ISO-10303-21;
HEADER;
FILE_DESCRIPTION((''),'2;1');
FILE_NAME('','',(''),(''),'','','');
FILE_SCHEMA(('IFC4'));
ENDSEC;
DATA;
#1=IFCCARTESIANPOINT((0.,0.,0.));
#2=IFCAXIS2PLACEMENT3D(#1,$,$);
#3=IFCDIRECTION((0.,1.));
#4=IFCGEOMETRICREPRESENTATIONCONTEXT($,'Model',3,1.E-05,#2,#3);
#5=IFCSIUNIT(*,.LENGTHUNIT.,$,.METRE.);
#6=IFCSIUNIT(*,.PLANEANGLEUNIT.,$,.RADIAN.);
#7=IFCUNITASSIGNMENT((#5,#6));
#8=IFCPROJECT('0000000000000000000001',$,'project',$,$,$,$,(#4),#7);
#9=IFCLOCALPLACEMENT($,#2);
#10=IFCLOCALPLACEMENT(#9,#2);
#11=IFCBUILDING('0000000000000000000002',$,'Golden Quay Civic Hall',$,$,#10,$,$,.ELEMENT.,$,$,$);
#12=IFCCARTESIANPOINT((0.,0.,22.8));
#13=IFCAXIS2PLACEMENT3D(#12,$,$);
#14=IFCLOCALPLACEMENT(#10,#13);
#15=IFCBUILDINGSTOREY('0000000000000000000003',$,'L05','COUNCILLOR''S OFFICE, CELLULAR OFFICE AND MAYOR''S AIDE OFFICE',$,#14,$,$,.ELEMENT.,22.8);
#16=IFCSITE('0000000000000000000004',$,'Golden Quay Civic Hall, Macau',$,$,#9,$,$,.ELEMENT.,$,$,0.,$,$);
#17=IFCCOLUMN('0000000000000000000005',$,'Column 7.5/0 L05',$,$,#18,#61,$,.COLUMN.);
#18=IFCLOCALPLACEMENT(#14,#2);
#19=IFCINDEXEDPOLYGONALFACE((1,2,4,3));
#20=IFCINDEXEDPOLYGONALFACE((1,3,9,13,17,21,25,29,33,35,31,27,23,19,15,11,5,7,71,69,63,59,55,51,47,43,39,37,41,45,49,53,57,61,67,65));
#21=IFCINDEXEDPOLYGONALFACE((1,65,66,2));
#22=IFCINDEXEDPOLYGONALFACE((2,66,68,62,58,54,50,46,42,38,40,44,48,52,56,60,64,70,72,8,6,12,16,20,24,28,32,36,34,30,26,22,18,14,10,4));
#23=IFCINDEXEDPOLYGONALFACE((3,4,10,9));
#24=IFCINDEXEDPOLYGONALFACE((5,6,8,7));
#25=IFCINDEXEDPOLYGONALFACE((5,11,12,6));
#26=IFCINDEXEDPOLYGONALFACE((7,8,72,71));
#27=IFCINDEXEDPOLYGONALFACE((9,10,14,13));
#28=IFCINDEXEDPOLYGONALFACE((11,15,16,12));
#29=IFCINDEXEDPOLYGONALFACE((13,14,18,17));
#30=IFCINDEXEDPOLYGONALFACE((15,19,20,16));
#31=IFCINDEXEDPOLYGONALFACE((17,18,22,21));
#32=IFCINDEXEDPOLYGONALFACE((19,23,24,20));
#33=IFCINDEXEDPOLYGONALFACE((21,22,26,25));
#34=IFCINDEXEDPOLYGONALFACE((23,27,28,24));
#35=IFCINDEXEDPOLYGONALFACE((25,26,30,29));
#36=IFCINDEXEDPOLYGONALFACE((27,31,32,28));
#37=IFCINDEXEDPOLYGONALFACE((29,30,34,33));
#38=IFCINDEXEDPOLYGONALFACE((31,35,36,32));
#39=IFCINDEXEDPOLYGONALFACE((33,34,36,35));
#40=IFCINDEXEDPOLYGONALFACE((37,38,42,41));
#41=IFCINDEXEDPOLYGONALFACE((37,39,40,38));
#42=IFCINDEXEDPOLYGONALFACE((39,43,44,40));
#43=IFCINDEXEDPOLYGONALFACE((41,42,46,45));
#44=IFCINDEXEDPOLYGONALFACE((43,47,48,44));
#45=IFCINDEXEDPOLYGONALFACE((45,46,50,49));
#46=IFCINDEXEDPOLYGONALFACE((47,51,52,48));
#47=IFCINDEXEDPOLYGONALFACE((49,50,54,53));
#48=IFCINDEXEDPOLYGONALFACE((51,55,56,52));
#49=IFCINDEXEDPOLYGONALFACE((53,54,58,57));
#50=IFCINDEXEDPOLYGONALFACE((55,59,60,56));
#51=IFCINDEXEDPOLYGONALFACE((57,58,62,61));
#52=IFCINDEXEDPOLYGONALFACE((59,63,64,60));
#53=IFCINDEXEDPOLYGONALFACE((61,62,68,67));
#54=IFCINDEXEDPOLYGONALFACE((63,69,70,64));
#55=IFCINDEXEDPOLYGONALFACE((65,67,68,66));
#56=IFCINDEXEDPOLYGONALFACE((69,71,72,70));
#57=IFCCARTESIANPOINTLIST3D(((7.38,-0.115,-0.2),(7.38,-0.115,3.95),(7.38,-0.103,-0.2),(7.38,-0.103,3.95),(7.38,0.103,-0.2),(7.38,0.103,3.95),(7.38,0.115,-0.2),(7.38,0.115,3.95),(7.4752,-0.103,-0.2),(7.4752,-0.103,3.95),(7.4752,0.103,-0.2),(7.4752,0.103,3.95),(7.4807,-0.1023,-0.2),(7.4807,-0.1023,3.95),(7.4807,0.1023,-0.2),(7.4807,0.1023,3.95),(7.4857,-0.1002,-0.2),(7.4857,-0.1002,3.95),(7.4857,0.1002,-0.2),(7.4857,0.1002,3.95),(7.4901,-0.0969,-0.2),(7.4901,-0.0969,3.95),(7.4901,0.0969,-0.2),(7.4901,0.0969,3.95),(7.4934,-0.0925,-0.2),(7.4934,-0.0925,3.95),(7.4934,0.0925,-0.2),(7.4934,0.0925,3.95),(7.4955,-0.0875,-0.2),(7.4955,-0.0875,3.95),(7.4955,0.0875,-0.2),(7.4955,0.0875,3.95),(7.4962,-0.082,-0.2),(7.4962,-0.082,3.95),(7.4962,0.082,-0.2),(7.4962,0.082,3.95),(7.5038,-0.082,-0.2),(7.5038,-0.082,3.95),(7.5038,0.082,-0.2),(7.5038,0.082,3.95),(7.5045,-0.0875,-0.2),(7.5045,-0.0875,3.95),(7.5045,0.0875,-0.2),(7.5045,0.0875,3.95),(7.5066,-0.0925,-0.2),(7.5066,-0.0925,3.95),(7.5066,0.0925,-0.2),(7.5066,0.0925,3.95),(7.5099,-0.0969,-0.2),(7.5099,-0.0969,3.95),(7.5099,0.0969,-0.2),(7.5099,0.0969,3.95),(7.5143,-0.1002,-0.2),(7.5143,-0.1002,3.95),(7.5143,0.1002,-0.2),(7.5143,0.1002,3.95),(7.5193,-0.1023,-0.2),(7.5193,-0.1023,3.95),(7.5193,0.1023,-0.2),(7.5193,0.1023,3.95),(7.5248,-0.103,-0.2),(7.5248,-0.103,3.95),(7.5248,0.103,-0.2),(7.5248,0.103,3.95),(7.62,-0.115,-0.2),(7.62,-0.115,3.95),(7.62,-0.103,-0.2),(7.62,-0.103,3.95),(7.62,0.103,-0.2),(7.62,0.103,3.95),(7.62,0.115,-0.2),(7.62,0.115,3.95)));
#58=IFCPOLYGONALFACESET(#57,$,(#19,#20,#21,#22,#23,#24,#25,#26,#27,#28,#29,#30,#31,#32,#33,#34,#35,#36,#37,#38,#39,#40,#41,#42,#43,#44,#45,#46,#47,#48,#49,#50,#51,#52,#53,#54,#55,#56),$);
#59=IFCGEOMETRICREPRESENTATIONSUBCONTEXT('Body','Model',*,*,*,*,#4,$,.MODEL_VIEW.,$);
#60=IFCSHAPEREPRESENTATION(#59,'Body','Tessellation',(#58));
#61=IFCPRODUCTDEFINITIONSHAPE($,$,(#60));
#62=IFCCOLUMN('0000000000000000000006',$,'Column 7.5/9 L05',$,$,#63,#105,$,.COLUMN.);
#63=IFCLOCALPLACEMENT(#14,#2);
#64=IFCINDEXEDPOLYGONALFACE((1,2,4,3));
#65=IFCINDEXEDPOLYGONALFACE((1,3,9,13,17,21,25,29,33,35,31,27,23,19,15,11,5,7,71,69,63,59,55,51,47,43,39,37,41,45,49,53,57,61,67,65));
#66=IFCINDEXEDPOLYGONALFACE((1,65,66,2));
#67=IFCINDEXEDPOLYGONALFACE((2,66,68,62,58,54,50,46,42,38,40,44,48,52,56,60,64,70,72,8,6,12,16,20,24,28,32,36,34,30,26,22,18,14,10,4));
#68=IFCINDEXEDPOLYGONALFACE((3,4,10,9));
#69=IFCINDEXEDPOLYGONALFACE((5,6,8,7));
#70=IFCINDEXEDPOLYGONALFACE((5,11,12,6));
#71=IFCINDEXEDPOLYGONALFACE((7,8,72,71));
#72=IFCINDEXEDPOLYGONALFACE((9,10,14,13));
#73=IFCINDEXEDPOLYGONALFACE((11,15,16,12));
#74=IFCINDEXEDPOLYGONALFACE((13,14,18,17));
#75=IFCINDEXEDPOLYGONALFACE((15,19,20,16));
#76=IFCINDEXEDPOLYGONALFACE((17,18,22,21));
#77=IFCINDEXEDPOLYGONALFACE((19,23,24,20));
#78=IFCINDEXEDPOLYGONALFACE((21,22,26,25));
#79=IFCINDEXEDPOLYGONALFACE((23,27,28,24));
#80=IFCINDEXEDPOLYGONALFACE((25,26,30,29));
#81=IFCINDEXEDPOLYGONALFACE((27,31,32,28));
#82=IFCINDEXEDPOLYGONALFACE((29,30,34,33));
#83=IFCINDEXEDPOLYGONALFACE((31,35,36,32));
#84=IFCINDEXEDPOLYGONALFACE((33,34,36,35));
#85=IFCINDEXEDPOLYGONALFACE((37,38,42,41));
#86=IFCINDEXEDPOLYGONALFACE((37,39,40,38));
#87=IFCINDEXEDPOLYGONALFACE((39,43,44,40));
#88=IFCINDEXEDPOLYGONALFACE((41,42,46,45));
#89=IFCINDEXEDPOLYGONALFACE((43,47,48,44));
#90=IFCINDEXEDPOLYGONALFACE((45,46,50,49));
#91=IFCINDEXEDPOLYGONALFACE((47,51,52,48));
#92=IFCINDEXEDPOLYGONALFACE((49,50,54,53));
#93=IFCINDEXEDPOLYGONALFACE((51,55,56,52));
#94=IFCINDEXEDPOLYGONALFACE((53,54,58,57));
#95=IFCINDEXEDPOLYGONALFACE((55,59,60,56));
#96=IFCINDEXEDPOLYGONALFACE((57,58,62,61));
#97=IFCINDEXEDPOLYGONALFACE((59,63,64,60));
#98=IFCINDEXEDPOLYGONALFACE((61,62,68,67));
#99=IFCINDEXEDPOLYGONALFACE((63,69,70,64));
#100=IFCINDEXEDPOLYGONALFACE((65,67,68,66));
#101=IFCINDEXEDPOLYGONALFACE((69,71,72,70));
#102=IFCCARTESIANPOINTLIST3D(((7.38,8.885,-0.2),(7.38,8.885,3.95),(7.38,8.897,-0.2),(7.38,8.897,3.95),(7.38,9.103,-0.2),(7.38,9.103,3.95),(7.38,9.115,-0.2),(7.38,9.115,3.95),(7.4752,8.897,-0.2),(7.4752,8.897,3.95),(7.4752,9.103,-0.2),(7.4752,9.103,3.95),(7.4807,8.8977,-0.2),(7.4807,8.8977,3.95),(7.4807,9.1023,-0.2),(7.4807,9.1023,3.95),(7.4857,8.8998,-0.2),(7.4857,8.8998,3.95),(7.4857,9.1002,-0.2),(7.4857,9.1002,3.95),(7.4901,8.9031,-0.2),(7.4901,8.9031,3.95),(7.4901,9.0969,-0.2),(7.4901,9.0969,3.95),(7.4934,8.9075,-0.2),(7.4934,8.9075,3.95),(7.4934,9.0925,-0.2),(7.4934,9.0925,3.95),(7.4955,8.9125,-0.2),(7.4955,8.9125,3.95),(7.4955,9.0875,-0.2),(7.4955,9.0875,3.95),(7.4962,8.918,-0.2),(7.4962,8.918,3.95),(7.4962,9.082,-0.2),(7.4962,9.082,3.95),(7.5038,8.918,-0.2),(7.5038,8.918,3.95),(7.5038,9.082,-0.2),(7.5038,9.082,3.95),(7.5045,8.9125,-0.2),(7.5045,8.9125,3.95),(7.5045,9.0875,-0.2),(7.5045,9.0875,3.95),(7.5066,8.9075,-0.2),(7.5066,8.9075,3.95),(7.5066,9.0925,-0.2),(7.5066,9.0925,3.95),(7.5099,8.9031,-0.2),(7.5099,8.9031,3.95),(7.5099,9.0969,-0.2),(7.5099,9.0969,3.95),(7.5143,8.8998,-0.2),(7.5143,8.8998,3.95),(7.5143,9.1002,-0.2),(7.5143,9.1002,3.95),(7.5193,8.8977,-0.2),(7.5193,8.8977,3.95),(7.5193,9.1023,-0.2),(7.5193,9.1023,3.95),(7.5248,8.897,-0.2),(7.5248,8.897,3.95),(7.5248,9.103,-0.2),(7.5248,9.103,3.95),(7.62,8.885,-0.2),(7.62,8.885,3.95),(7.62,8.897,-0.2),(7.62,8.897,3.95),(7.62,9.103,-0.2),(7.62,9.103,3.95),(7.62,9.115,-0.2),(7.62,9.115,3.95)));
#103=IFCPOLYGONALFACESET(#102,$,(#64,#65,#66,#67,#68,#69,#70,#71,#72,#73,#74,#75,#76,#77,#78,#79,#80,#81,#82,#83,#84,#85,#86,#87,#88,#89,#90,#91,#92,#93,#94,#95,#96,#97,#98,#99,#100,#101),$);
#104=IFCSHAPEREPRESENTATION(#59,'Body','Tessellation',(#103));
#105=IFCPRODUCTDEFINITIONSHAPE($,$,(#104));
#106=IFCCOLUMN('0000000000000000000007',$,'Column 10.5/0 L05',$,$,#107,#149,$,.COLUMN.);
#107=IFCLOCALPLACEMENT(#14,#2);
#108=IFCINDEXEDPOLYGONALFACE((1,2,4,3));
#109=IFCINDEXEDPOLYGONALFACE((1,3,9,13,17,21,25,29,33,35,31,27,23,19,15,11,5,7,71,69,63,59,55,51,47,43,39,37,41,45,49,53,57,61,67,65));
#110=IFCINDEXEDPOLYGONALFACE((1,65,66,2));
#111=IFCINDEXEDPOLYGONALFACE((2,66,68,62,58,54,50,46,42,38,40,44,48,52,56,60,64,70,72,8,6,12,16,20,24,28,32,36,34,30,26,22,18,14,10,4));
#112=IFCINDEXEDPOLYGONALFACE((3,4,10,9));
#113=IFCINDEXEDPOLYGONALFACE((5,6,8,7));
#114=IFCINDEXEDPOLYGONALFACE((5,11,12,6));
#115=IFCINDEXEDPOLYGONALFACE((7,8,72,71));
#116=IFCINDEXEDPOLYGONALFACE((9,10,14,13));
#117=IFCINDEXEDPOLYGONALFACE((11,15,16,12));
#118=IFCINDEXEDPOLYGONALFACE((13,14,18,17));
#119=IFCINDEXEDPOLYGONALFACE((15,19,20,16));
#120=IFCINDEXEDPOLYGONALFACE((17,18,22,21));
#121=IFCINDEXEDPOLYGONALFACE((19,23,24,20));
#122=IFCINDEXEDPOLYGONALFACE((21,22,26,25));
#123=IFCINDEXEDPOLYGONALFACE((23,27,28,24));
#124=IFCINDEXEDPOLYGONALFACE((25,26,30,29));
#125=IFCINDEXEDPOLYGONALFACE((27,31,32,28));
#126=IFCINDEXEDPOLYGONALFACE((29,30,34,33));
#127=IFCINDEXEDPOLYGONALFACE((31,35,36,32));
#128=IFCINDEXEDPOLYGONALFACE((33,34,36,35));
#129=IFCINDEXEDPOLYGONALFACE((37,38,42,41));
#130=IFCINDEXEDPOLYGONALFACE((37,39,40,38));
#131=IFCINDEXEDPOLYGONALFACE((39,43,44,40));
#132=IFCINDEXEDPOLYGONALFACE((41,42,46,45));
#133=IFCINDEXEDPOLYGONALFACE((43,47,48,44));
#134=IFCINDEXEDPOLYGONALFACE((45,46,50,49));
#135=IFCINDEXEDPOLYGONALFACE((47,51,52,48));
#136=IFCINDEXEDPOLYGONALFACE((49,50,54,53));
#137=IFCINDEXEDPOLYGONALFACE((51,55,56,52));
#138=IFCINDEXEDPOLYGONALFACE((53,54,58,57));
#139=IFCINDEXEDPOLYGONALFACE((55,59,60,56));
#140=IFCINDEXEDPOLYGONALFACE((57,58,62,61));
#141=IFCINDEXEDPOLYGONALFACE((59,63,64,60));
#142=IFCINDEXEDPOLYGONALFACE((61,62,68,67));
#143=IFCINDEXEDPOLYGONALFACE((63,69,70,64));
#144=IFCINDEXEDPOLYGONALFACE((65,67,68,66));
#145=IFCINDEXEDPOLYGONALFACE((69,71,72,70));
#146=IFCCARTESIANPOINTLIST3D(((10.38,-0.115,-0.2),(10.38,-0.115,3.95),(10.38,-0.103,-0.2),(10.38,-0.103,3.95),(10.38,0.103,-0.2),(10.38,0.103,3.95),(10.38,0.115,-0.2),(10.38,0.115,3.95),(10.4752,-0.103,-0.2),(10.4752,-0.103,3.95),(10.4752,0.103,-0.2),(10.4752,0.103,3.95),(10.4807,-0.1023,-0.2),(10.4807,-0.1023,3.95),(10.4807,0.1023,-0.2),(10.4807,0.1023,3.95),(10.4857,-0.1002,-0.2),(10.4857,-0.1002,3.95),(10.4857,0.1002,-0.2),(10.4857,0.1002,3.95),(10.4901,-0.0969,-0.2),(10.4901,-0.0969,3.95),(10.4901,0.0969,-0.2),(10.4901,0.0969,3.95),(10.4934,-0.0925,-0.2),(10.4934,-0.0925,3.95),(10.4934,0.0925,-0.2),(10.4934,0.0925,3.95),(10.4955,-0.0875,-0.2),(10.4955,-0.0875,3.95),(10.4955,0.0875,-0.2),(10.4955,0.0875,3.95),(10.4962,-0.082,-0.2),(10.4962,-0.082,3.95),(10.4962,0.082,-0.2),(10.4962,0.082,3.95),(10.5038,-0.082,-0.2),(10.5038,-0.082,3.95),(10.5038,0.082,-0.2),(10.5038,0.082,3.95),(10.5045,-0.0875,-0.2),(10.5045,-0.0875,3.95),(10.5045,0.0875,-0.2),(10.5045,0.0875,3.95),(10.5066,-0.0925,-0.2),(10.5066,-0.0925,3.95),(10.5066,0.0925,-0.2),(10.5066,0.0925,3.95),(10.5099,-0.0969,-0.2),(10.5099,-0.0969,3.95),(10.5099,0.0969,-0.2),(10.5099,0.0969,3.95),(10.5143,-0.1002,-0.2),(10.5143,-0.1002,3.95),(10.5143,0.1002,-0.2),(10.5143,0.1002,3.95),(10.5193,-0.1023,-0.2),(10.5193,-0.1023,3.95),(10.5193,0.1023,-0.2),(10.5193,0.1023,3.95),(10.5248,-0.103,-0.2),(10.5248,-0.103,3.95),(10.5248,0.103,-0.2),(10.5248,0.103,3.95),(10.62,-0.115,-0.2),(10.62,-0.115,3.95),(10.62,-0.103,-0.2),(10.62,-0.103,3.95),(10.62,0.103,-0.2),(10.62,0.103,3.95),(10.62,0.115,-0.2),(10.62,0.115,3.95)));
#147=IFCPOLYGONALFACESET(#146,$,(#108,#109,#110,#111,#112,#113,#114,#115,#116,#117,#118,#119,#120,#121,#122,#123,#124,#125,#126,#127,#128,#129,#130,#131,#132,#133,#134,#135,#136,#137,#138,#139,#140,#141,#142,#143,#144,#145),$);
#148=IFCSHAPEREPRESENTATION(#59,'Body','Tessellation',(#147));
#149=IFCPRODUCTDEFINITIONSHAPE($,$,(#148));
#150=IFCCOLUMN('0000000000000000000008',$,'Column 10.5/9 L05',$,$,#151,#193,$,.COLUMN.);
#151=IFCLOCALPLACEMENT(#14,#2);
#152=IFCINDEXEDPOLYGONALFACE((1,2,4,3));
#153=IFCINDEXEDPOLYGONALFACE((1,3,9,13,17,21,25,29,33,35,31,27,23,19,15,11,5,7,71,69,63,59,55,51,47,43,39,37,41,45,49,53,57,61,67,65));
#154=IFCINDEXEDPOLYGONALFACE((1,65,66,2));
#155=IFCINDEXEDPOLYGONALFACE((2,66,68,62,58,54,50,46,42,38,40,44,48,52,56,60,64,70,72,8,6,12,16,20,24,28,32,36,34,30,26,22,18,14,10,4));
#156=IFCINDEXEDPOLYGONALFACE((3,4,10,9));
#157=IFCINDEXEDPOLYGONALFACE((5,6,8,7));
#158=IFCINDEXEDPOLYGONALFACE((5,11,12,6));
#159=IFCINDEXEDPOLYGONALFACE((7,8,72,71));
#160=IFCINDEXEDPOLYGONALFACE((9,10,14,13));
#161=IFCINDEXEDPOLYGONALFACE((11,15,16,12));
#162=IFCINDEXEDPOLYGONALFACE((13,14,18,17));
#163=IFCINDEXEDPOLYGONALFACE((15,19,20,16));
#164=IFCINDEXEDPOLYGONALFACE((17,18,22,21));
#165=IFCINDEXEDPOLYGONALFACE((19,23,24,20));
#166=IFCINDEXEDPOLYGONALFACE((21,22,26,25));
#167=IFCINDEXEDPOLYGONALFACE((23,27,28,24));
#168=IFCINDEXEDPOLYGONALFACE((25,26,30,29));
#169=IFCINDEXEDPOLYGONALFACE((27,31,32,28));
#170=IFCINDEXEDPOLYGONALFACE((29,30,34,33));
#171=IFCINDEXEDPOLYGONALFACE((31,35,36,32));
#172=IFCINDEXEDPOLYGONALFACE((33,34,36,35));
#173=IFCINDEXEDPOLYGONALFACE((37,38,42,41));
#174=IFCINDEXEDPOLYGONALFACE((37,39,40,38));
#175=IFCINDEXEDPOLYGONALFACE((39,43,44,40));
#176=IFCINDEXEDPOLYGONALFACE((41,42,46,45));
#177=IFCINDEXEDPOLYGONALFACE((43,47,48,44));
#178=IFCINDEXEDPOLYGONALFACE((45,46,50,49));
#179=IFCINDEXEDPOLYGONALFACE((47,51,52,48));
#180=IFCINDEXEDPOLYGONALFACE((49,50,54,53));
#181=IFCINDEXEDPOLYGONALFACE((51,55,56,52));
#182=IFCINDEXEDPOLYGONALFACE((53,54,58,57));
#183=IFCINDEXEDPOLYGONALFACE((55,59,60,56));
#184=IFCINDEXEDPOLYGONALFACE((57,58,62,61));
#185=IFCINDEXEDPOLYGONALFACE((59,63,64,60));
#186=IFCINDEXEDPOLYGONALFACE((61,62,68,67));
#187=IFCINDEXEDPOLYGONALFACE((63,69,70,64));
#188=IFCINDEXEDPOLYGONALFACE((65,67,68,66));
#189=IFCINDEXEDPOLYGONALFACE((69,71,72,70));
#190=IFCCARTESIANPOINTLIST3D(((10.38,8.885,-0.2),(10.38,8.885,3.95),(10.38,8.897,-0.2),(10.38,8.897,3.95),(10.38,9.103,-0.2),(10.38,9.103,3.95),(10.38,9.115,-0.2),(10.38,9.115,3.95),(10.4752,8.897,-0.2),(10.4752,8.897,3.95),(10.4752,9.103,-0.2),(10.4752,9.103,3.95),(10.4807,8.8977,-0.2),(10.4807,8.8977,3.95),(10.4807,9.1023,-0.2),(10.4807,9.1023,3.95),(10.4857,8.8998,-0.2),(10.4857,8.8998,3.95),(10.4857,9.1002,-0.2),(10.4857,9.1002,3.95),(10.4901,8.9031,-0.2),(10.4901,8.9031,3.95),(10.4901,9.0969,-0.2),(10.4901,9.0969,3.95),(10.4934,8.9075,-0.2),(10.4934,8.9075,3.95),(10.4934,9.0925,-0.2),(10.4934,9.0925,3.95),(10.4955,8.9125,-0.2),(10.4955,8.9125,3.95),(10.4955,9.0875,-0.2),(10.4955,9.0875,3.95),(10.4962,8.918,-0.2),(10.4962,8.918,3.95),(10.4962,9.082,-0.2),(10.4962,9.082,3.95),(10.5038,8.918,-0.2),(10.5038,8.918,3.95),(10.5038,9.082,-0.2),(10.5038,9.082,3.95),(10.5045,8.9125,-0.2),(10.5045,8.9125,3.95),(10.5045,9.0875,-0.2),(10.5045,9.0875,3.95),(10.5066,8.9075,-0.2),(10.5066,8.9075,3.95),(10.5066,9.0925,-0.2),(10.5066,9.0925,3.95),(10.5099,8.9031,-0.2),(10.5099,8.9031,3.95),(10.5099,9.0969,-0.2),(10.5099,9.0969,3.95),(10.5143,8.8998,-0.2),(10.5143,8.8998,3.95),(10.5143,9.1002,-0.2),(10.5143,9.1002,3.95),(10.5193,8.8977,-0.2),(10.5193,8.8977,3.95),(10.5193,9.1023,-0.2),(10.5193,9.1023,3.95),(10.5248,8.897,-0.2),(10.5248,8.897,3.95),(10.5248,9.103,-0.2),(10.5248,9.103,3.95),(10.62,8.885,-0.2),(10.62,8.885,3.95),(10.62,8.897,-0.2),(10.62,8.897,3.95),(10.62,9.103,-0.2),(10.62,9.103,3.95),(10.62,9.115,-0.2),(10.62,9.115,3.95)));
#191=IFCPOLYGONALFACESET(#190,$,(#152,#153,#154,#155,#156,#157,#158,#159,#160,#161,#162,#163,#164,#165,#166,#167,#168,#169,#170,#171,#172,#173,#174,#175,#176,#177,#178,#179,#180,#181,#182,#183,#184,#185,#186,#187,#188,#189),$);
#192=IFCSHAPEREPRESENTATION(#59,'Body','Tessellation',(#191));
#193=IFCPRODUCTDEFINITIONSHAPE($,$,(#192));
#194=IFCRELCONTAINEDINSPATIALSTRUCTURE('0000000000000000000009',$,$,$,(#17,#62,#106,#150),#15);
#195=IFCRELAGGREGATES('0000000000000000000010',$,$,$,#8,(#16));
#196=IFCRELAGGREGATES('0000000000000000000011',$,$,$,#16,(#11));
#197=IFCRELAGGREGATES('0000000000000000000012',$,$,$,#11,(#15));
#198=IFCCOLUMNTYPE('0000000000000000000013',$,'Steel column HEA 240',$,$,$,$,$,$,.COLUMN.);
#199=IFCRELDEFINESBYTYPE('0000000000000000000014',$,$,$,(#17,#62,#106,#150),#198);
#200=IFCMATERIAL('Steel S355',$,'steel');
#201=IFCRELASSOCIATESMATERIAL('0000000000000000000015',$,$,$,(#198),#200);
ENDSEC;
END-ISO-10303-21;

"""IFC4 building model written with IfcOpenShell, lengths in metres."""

from ifc_helpers import new_model, si_unit, direction, frame, origin, origin_2d, place, context, subcontext, project, spatial, i_section, extrude, material, material_profile, profile_set, type_object, element, save


model = new_model("IFC4")

# Units and contexts
model_context = context("Model", 3, precision=1e-05, world=origin(), true_north=direction((0.0, 1.0)))
body_context = subcontext(model_context, "Body", "Model", "MODEL_VIEW")
ifc_project = project(units=[si_unit("LENGTHUNIT", "METRE"), si_unit("PLANEANGLEUNIT", "RADIAN")], contexts=[model_context])

# Site, building, storey
site_placement = place(None, origin())
site = spatial("IfcSite", under=ifc_project, at=site_placement, Name="Golden Quay Civic Hall, Macau", CompositionType="ELEMENT", RefElevation=0.0)
building_placement = place(site_placement, origin())
building = spatial("IfcBuilding", under=site, at=building_placement, Name="Golden Quay Civic Hall", CompositionType="ELEMENT")
storey_placement = place(building_placement, frame((0.0, 0.0, 22.8)))
storey = spatial("IfcBuildingStorey", under=building, at=storey_placement, Name="L05", Description="COUNCILLOR'S OFFICE, CELLULAR OFFICE AND MAYOR'S AIDE OFFICE", CompositionType="ELEMENT", Elevation=22.8)

# Columns
ifc_material_1 = material(Name="Steel S355", Category="steel")
ifc_material_profile_1 = material_profile(ifc_material_1, i_section(OverallWidth=0.24, OverallDepth=0.23, WebThickness=0.0076, FlangeThickness=0.012, FilletRadius=0.021, at=origin_2d()), Name="HEA 240")
ifc_profile_set_1 = profile_set([ifc_material_profile_1], Name="Steel S355")
column_type = type_object("IfcColumnType", Name="Steel column HEA 240", PredefinedType="COLUMN", material=ifc_profile_set_1)
for number, where, z_axis, x_axis, name in (
    (1, (7.5, 0.0, -0.2), (0.0, 0.0, 1.0), (1.0, 0.0, 0.0), "Column 7.5/0 L05"),
    (2, (7.5, 9.0, -0.2), (0.0, 0.0, 1.0), (1.0, 0.0, 0.0), "Column 7.5/9 L05"),
    (3, (10.5, 0.0, -0.2), (0.0, 0.0, 1.0), (1.0, 0.0, 0.0), "Column 10.5/0 L05"),
    (4, (10.5, 9.0, -0.2), (0.0, 0.0, 1.0), (1.0, 0.0, 0.0), "Column 10.5/9 L05"),
):
    element("IfcColumn", number, at=place(storey_placement, frame(where, z_axis=z_axis, x_axis=x_axis)), inside=storey, type_object=column_type, Name=name, PredefinedType="COLUMN", context=body_context, shape_type="SweptSolid", body=[
        extrude(i_section(OverallWidth=0.24, OverallDepth=0.23, WebThickness=0.0076, FlangeThickness=0.012, FilletRadius=0.021, at=origin_2d()), origin(), (0.0, 0.0, 1.0), 4.1499),
    ])

save(model, "model.ifc")
